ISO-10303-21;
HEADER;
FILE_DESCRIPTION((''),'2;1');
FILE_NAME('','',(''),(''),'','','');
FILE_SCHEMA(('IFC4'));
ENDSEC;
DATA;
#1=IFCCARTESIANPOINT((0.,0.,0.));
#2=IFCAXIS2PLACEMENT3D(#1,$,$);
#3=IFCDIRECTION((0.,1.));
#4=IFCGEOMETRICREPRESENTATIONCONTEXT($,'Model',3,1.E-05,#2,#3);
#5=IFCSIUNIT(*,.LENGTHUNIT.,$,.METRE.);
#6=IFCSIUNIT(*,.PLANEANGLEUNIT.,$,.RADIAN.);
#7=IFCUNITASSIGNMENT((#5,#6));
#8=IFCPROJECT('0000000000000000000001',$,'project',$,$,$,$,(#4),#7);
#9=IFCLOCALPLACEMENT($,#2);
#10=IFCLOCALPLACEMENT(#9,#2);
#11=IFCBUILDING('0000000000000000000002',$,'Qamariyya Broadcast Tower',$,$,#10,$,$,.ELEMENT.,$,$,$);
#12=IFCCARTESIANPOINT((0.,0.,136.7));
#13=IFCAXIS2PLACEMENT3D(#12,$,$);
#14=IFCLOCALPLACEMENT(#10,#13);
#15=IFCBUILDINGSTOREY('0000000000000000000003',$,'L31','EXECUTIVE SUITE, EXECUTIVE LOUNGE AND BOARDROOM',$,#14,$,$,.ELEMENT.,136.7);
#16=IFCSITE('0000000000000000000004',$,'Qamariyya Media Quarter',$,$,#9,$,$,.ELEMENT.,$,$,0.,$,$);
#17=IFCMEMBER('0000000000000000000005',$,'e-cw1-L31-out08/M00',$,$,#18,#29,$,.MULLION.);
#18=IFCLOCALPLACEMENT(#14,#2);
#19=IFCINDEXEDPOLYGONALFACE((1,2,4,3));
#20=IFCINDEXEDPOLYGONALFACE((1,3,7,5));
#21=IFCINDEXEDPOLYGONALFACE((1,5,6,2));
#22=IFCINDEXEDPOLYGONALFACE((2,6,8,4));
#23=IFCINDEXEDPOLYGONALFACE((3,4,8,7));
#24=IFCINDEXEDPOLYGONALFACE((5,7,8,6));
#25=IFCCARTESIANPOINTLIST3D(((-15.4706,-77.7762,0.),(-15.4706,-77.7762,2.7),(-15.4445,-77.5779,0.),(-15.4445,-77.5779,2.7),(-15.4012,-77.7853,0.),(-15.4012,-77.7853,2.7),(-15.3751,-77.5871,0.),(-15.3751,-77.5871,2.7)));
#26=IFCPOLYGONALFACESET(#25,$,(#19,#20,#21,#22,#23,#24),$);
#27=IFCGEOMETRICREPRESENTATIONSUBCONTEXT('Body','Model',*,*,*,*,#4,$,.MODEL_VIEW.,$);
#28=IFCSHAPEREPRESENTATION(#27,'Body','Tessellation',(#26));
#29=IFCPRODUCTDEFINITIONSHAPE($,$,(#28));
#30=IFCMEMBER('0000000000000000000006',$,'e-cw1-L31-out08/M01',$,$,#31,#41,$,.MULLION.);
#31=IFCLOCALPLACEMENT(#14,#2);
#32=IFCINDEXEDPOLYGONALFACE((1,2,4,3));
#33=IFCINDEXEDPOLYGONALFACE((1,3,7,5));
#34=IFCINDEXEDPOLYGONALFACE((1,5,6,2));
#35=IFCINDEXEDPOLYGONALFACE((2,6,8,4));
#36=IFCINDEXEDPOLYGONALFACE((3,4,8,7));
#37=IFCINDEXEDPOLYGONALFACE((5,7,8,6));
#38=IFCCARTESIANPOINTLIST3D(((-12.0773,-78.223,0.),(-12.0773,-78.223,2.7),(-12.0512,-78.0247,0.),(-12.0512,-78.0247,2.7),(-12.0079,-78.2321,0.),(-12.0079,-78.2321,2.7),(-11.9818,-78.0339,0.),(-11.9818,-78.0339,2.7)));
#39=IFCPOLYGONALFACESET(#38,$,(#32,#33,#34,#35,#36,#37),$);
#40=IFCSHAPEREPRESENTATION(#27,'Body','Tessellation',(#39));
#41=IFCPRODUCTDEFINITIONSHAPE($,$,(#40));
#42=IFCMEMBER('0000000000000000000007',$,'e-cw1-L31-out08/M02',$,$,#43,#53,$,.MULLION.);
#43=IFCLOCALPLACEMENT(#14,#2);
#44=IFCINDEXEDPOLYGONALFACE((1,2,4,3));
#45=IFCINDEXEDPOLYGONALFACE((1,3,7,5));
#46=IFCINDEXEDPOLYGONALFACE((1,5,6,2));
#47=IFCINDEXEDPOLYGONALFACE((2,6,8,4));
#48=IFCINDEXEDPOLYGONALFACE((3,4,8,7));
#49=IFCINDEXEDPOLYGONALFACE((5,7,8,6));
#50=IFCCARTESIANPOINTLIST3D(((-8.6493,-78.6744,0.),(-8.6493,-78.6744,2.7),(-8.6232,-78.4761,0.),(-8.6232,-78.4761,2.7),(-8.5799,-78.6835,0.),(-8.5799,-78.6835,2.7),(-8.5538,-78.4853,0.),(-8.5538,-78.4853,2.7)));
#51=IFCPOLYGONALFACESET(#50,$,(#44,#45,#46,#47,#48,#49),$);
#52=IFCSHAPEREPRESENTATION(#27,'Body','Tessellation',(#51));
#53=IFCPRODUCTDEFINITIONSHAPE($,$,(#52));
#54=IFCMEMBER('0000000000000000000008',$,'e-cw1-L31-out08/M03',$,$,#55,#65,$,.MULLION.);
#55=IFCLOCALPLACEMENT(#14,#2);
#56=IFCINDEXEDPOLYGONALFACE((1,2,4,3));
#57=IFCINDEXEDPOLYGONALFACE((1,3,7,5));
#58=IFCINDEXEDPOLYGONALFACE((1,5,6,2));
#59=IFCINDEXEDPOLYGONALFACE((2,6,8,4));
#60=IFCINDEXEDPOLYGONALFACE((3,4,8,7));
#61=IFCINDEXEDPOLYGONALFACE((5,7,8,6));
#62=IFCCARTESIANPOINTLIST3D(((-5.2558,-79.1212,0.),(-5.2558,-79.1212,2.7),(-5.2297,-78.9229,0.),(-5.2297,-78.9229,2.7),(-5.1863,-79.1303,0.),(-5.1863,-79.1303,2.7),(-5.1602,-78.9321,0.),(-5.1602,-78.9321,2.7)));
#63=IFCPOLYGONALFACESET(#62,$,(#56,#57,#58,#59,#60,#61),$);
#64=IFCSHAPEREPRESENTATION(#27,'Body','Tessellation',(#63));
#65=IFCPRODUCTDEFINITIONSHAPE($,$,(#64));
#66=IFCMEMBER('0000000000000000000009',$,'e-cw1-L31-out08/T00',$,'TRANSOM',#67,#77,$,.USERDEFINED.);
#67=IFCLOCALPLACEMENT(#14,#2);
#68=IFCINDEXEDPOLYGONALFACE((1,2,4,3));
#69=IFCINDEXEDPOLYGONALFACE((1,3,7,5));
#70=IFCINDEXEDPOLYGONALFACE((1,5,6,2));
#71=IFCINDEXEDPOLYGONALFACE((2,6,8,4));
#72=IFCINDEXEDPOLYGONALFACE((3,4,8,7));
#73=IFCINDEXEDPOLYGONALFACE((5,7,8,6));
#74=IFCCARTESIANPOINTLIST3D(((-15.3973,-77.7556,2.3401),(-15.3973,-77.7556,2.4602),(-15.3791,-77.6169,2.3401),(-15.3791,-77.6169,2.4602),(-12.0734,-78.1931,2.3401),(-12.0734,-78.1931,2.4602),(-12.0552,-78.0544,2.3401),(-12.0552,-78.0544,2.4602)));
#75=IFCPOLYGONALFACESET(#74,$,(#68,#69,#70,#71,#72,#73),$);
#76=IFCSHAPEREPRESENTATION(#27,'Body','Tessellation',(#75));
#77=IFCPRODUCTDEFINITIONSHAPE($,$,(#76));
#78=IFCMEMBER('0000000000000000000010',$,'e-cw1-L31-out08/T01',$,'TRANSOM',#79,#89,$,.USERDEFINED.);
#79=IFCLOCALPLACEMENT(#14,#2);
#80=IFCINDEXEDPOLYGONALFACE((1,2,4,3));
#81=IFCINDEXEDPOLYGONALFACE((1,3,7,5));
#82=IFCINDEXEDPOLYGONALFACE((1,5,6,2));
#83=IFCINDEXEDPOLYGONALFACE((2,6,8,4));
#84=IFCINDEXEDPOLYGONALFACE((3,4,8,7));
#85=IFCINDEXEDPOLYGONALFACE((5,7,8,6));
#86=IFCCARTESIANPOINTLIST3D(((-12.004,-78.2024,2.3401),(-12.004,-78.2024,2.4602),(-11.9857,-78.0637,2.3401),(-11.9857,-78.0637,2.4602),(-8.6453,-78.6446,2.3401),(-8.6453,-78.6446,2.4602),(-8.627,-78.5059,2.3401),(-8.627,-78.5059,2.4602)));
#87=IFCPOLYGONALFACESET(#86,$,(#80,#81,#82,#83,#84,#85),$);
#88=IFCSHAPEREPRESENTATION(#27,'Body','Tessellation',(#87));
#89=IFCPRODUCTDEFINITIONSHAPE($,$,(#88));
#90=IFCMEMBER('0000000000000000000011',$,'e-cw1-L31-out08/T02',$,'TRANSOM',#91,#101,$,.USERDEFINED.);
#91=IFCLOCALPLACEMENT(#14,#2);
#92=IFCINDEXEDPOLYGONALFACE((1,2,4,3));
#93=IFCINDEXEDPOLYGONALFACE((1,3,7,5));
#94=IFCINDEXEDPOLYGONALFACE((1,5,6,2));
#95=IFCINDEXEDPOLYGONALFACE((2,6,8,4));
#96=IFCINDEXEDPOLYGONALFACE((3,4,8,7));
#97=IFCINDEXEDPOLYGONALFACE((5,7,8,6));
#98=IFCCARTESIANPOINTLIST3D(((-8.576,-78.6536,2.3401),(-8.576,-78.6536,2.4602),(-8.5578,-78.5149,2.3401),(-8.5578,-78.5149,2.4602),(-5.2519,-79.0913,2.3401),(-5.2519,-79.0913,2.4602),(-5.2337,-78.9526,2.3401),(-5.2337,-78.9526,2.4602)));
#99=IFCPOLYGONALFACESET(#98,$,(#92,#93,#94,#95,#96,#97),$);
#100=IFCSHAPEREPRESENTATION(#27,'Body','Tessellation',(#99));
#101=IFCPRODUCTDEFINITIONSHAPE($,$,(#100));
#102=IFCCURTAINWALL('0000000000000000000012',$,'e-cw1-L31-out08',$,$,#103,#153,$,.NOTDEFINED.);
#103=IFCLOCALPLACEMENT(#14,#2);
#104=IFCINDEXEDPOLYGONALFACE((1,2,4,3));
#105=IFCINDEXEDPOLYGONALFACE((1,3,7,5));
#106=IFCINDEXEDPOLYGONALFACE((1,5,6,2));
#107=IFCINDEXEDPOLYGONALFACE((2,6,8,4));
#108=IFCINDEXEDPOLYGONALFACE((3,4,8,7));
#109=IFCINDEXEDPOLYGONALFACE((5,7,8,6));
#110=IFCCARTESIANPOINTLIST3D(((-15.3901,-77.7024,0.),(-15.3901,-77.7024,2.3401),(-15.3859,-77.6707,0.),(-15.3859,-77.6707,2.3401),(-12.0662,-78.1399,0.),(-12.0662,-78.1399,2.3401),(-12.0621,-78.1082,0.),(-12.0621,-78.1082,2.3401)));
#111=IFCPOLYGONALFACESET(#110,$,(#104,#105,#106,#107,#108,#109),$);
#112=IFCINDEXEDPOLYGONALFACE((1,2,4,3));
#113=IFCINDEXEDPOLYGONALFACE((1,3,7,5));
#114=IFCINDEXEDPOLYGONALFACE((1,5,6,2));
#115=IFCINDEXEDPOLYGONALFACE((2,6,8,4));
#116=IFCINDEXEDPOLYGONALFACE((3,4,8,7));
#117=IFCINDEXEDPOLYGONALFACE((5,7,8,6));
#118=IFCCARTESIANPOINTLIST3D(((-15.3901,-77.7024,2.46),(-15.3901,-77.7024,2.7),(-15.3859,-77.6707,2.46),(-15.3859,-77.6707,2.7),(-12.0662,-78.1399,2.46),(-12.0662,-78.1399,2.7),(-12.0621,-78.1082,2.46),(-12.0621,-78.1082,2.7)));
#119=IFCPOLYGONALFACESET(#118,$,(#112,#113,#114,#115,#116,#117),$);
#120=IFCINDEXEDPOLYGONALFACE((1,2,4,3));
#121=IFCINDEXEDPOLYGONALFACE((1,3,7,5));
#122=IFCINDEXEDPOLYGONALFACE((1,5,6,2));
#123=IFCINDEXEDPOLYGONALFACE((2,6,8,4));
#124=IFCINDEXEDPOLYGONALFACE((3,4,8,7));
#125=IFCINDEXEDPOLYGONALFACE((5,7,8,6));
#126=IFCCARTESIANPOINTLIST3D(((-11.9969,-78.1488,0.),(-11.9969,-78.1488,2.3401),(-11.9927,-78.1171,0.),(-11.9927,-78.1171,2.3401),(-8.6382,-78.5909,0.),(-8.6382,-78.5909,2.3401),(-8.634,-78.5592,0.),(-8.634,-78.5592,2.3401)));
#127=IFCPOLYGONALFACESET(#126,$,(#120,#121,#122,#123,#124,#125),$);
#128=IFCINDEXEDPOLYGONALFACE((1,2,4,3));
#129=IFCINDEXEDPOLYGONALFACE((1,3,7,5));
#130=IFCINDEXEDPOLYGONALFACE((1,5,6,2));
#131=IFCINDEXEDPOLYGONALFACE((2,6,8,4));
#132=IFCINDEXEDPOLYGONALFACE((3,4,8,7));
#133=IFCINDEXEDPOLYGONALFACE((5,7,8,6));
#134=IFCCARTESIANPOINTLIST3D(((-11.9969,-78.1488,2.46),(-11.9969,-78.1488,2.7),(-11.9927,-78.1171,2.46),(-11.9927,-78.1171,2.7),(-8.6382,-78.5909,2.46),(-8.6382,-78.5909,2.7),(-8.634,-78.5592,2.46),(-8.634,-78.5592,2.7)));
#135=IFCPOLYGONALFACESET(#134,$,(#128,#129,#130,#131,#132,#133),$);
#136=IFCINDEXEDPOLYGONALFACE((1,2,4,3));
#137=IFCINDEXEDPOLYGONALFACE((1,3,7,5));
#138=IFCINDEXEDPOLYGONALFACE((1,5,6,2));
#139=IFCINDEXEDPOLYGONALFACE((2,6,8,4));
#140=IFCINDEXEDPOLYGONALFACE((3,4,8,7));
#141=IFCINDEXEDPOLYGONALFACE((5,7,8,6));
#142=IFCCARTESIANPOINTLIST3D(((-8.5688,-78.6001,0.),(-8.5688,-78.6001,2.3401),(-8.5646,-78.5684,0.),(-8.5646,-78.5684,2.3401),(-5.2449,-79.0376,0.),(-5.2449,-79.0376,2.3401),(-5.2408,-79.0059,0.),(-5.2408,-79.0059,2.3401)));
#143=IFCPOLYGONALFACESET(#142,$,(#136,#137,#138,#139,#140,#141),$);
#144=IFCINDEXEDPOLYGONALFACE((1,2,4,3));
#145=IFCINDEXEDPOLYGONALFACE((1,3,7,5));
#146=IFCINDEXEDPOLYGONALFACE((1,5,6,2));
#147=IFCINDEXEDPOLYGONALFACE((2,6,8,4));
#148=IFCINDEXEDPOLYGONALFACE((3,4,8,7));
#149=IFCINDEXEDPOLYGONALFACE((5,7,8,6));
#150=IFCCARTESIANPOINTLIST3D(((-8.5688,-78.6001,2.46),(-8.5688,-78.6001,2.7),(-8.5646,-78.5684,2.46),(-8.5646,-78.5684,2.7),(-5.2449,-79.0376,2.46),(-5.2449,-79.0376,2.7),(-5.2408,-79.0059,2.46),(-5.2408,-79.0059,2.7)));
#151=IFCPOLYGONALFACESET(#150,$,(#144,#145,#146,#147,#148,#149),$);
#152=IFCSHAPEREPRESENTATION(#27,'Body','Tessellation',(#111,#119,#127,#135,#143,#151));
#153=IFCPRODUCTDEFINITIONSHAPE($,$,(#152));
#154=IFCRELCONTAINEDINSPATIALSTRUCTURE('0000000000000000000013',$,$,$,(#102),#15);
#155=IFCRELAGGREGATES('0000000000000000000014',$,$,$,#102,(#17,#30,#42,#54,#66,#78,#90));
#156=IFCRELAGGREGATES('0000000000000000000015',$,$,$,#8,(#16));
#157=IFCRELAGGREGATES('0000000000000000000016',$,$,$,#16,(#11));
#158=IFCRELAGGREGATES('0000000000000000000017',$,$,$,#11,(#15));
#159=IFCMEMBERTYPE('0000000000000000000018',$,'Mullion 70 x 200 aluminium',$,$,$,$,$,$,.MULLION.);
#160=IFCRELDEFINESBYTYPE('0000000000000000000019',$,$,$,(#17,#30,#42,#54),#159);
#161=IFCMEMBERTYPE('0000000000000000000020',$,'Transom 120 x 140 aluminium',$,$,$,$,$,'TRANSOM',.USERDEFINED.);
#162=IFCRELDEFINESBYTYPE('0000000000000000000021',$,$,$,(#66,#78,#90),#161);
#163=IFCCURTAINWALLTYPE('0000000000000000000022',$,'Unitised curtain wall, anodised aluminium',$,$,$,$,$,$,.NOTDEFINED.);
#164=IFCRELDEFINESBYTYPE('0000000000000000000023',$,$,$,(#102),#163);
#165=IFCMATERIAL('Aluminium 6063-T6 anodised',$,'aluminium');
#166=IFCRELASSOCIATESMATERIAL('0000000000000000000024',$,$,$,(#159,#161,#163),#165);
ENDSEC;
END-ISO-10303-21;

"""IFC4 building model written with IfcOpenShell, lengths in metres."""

from ifc_helpers import new_model, si_unit, direction, frame, origin, origin_2d, place, context, subcontext, project, spatial, rectangle, extrude, material, material_profile, profile_set, type_object, element, aggregate, save


model = new_model("IFC4")

# Units and contexts
model_context = context("Model", 3, precision=1e-05, world=origin(), true_north=direction((0.0, 1.0)))
body_context = subcontext(model_context, "Body", "Model", "MODEL_VIEW")
ifc_project = project(units=[si_unit("LENGTHUNIT", "METRE"), si_unit("PLANEANGLEUNIT", "RADIAN")], contexts=[model_context])

# Members
ifc_material = material(Name="Aluminium 6063-T6 anodised", Category="aluminium")
ifc_material_profile_1 = material_profile(ifc_material, rectangle(XDim=0.2, YDim=0.0701, at=origin_2d()))
ifc_profile_set_1 = profile_set([ifc_material_profile_1], Name="Aluminium 6063-T6 anodised")
member_type_1 = type_object("IfcMemberType", Name="Mullion 70 x 200 aluminium", PredefinedType="MULLION", material=ifc_profile_set_1)
site_placement = place(None, origin())
building_placement = place(site_placement, origin())
storey_placement = place(building_placement, frame((0.0, 0.0, 136.7)))
member_1_placement = place(storey_placement, frame((-15.4229, -77.6816, 0.0), z_axis=(0.0, 0.0, 1.0), x_axis=(0.130526, 0.991445, 0.0)))
member_1 = element("IfcMember", 1, at=member_1_placement, type_object=member_type_1, Name="e-cw1-L31-out08/M00", PredefinedType="MULLION", context=body_context, shape_type="SweptSolid", body=[
    extrude(rectangle(XDim=0.2, YDim=0.0701, at=origin_2d()), origin(), (0.0, 0.0, 1.0), 2.7),
])
member_2_placement = place(storey_placement, frame((-12.0295, -78.1284, 0.0), z_axis=(0.0, 0.0, 1.0), x_axis=(0.130526, 0.991445, 0.0)))
member_2 = element("IfcMember", 2, at=member_2_placement, type_object=member_type_1, Name="e-cw1-L31-out08/M01", PredefinedType="MULLION", context=body_context, shape_type="SweptSolid", body=[
    extrude(rectangle(XDim=0.2, YDim=0.0701, at=origin_2d()), origin(), (0.0, 0.0, 1.0), 2.7),
])
member_3_placement = place(storey_placement, frame((-8.6016, -78.5798, 0.0), z_axis=(0.0, 0.0, 1.0), x_axis=(0.130526, 0.991445, 0.0)))
member_3 = element("IfcMember", 3, at=member_3_placement, type_object=member_type_1, Name="e-cw1-L31-out08/M02", PredefinedType="MULLION", context=body_context, shape_type="SweptSolid", body=[
    extrude(rectangle(XDim=0.2, YDim=0.0701, at=origin_2d()), origin(), (0.0, 0.0, 1.0), 2.7),
])
member_4_placement = place(storey_placement, frame((-5.208, -79.0266, 0.0), z_axis=(0.0, 0.0, 1.0), x_axis=(0.130526, 0.991445, 0.0)))
member_4 = element("IfcMember", 4, at=member_4_placement, type_object=member_type_1, Name="e-cw1-L31-out08/M03", PredefinedType="MULLION", context=body_context, shape_type="SweptSolid", body=[
    extrude(rectangle(XDim=0.2, YDim=0.0701, at=origin_2d()), origin(), (0.0, 0.0, 1.0), 2.7),
])
ifc_material_profile_2 = material_profile(ifc_material, rectangle(XDim=0.1399, YDim=0.1201, at=origin_2d()))
ifc_profile_set_2 = profile_set([ifc_material_profile_2], Name="Aluminium 6063-T6 anodised")
member_type_2 = type_object("IfcMemberType", Name="Transom 120 x 140 aluminium", ElementType="TRANSOM", PredefinedType="USERDEFINED", material=ifc_profile_set_2)
member_5_placement = place(storey_placement, frame((-15.3882, -77.6863, 2.4001), z_axis=(0.991449, -0.130494, 0.0), x_axis=(0.130494, 0.991449, 0.0)))
member_5 = element("IfcMember", 5, at=member_5_placement, type_object=member_type_2, Name="e-cw1-L31-out08/T00", ObjectType="TRANSOM", PredefinedType="USERDEFINED", context=body_context, shape_type="SweptSolid", body=[
    extrude(rectangle(XDim=0.1399, YDim=0.1201, at=origin_2d()), origin(), (0.0, 0.0, 1.0), 3.3525),
])
member_6_placement = place(storey_placement, frame((-11.9949, -78.1331, 2.4001), z_axis=(0.991446, -0.130516, 0.0), x_axis=(0.130516, 0.991446, 0.0)))
member_6 = element("IfcMember", 6, at=member_6_placement, type_object=member_type_2, Name="e-cw1-L31-out08/T01", ObjectType="TRANSOM", PredefinedType="USERDEFINED", context=body_context, shape_type="SweptSolid", body=[
    extrude(rectangle(XDim=0.1399, YDim=0.1201, at=origin_2d()), origin(), (0.0, 0.0, 1.0), 3.3877),
])
member_7_placement = place(storey_placement, frame((-8.5669, -78.5842, 2.4001), z_axis=(0.99144, -0.130566, 0.0), x_axis=(0.130566, 0.99144, 0.0)))
member_7 = element("IfcMember", 7, at=member_7_placement, type_object=member_type_2, Name="e-cw1-L31-out08/T02", ObjectType="TRANSOM", PredefinedType="USERDEFINED", context=body_context, shape_type="SweptSolid", body=[
    extrude(rectangle(XDim=0.1399, YDim=0.1201, at=origin_2d()), origin(), (0.0, 0.0, 1.0), 3.3528),
])

# Site, building, storey
site = spatial("IfcSite", under=ifc_project, at=site_placement, Name="Qamariyya Media Quarter", CompositionType="ELEMENT", RefElevation=0.0)
building = spatial("IfcBuilding", under=site, at=building_placement, Name="Qamariyya Broadcast Tower", CompositionType="ELEMENT")
storey = spatial("IfcBuildingStorey", under=building, at=storey_placement, Name="L31", Description="EXECUTIVE SUITE, EXECUTIVE LOUNGE AND BOARDROOM", CompositionType="ELEMENT", Elevation=136.7)

# Curtain wall
curtain_wall_type = type_object("IfcCurtainWallType", Name="Unitised curtain wall, anodised aluminium", PredefinedType="NOTDEFINED", material=ifc_material)
curtain_wall_1_placement = place(storey_placement, origin())
curtain_wall_1 = element("IfcCurtainWall", 8, at=curtain_wall_1_placement, inside=storey, type_object=curtain_wall_type, Name="e-cw1-L31-out08", PredefinedType="NOTDEFINED", context=body_context, shape_type="SweptSolid", body=[
    extrude(rectangle(XDim=3.3525, YDim=0.032, at=origin_2d()), frame((-13.7261, -77.9053, 0.0), x_axis=(0.991447, -0.130509, 0.0)), (0.0, 0.0, 1.0), 2.3401),
    extrude(rectangle(XDim=3.3525, YDim=0.032, at=origin_2d()), frame((-13.7261, -77.9053, 2.46), x_axis=(0.991447, -0.130509, 0.0)), (0.0, 0.0, 1.0), 0.24),
    extrude(rectangle(XDim=3.3877, YDim=0.032, at=origin_2d()), frame((-10.3154, -78.354, 0.0), x_axis=(0.991447, -0.130509, 0.0)), (0.0, 0.0, 1.0), 2.3401),
    extrude(rectangle(XDim=3.3877, YDim=0.032, at=origin_2d()), frame((-10.3154, -78.354, 2.46), x_axis=(0.991447, -0.130509, 0.0)), (0.0, 0.0, 1.0), 0.24),
    extrude(rectangle(XDim=3.3525, YDim=0.032, at=origin_2d()), frame((-6.9048, -78.803, 0.0), x_axis=(0.991447, -0.130509, 0.0)), (0.0, 0.0, 1.0), 2.3401),
    extrude(rectangle(XDim=3.3525, YDim=0.032, at=origin_2d()), frame((-6.9048, -78.803, 2.46), x_axis=(0.991447, -0.130509, 0.0)), (0.0, 0.0, 1.0), 0.24),
])
aggregate(curtain_wall_1, [member_1, member_2, member_3, member_4, member_5, member_6, member_7])

save(model, "model.ifc")
